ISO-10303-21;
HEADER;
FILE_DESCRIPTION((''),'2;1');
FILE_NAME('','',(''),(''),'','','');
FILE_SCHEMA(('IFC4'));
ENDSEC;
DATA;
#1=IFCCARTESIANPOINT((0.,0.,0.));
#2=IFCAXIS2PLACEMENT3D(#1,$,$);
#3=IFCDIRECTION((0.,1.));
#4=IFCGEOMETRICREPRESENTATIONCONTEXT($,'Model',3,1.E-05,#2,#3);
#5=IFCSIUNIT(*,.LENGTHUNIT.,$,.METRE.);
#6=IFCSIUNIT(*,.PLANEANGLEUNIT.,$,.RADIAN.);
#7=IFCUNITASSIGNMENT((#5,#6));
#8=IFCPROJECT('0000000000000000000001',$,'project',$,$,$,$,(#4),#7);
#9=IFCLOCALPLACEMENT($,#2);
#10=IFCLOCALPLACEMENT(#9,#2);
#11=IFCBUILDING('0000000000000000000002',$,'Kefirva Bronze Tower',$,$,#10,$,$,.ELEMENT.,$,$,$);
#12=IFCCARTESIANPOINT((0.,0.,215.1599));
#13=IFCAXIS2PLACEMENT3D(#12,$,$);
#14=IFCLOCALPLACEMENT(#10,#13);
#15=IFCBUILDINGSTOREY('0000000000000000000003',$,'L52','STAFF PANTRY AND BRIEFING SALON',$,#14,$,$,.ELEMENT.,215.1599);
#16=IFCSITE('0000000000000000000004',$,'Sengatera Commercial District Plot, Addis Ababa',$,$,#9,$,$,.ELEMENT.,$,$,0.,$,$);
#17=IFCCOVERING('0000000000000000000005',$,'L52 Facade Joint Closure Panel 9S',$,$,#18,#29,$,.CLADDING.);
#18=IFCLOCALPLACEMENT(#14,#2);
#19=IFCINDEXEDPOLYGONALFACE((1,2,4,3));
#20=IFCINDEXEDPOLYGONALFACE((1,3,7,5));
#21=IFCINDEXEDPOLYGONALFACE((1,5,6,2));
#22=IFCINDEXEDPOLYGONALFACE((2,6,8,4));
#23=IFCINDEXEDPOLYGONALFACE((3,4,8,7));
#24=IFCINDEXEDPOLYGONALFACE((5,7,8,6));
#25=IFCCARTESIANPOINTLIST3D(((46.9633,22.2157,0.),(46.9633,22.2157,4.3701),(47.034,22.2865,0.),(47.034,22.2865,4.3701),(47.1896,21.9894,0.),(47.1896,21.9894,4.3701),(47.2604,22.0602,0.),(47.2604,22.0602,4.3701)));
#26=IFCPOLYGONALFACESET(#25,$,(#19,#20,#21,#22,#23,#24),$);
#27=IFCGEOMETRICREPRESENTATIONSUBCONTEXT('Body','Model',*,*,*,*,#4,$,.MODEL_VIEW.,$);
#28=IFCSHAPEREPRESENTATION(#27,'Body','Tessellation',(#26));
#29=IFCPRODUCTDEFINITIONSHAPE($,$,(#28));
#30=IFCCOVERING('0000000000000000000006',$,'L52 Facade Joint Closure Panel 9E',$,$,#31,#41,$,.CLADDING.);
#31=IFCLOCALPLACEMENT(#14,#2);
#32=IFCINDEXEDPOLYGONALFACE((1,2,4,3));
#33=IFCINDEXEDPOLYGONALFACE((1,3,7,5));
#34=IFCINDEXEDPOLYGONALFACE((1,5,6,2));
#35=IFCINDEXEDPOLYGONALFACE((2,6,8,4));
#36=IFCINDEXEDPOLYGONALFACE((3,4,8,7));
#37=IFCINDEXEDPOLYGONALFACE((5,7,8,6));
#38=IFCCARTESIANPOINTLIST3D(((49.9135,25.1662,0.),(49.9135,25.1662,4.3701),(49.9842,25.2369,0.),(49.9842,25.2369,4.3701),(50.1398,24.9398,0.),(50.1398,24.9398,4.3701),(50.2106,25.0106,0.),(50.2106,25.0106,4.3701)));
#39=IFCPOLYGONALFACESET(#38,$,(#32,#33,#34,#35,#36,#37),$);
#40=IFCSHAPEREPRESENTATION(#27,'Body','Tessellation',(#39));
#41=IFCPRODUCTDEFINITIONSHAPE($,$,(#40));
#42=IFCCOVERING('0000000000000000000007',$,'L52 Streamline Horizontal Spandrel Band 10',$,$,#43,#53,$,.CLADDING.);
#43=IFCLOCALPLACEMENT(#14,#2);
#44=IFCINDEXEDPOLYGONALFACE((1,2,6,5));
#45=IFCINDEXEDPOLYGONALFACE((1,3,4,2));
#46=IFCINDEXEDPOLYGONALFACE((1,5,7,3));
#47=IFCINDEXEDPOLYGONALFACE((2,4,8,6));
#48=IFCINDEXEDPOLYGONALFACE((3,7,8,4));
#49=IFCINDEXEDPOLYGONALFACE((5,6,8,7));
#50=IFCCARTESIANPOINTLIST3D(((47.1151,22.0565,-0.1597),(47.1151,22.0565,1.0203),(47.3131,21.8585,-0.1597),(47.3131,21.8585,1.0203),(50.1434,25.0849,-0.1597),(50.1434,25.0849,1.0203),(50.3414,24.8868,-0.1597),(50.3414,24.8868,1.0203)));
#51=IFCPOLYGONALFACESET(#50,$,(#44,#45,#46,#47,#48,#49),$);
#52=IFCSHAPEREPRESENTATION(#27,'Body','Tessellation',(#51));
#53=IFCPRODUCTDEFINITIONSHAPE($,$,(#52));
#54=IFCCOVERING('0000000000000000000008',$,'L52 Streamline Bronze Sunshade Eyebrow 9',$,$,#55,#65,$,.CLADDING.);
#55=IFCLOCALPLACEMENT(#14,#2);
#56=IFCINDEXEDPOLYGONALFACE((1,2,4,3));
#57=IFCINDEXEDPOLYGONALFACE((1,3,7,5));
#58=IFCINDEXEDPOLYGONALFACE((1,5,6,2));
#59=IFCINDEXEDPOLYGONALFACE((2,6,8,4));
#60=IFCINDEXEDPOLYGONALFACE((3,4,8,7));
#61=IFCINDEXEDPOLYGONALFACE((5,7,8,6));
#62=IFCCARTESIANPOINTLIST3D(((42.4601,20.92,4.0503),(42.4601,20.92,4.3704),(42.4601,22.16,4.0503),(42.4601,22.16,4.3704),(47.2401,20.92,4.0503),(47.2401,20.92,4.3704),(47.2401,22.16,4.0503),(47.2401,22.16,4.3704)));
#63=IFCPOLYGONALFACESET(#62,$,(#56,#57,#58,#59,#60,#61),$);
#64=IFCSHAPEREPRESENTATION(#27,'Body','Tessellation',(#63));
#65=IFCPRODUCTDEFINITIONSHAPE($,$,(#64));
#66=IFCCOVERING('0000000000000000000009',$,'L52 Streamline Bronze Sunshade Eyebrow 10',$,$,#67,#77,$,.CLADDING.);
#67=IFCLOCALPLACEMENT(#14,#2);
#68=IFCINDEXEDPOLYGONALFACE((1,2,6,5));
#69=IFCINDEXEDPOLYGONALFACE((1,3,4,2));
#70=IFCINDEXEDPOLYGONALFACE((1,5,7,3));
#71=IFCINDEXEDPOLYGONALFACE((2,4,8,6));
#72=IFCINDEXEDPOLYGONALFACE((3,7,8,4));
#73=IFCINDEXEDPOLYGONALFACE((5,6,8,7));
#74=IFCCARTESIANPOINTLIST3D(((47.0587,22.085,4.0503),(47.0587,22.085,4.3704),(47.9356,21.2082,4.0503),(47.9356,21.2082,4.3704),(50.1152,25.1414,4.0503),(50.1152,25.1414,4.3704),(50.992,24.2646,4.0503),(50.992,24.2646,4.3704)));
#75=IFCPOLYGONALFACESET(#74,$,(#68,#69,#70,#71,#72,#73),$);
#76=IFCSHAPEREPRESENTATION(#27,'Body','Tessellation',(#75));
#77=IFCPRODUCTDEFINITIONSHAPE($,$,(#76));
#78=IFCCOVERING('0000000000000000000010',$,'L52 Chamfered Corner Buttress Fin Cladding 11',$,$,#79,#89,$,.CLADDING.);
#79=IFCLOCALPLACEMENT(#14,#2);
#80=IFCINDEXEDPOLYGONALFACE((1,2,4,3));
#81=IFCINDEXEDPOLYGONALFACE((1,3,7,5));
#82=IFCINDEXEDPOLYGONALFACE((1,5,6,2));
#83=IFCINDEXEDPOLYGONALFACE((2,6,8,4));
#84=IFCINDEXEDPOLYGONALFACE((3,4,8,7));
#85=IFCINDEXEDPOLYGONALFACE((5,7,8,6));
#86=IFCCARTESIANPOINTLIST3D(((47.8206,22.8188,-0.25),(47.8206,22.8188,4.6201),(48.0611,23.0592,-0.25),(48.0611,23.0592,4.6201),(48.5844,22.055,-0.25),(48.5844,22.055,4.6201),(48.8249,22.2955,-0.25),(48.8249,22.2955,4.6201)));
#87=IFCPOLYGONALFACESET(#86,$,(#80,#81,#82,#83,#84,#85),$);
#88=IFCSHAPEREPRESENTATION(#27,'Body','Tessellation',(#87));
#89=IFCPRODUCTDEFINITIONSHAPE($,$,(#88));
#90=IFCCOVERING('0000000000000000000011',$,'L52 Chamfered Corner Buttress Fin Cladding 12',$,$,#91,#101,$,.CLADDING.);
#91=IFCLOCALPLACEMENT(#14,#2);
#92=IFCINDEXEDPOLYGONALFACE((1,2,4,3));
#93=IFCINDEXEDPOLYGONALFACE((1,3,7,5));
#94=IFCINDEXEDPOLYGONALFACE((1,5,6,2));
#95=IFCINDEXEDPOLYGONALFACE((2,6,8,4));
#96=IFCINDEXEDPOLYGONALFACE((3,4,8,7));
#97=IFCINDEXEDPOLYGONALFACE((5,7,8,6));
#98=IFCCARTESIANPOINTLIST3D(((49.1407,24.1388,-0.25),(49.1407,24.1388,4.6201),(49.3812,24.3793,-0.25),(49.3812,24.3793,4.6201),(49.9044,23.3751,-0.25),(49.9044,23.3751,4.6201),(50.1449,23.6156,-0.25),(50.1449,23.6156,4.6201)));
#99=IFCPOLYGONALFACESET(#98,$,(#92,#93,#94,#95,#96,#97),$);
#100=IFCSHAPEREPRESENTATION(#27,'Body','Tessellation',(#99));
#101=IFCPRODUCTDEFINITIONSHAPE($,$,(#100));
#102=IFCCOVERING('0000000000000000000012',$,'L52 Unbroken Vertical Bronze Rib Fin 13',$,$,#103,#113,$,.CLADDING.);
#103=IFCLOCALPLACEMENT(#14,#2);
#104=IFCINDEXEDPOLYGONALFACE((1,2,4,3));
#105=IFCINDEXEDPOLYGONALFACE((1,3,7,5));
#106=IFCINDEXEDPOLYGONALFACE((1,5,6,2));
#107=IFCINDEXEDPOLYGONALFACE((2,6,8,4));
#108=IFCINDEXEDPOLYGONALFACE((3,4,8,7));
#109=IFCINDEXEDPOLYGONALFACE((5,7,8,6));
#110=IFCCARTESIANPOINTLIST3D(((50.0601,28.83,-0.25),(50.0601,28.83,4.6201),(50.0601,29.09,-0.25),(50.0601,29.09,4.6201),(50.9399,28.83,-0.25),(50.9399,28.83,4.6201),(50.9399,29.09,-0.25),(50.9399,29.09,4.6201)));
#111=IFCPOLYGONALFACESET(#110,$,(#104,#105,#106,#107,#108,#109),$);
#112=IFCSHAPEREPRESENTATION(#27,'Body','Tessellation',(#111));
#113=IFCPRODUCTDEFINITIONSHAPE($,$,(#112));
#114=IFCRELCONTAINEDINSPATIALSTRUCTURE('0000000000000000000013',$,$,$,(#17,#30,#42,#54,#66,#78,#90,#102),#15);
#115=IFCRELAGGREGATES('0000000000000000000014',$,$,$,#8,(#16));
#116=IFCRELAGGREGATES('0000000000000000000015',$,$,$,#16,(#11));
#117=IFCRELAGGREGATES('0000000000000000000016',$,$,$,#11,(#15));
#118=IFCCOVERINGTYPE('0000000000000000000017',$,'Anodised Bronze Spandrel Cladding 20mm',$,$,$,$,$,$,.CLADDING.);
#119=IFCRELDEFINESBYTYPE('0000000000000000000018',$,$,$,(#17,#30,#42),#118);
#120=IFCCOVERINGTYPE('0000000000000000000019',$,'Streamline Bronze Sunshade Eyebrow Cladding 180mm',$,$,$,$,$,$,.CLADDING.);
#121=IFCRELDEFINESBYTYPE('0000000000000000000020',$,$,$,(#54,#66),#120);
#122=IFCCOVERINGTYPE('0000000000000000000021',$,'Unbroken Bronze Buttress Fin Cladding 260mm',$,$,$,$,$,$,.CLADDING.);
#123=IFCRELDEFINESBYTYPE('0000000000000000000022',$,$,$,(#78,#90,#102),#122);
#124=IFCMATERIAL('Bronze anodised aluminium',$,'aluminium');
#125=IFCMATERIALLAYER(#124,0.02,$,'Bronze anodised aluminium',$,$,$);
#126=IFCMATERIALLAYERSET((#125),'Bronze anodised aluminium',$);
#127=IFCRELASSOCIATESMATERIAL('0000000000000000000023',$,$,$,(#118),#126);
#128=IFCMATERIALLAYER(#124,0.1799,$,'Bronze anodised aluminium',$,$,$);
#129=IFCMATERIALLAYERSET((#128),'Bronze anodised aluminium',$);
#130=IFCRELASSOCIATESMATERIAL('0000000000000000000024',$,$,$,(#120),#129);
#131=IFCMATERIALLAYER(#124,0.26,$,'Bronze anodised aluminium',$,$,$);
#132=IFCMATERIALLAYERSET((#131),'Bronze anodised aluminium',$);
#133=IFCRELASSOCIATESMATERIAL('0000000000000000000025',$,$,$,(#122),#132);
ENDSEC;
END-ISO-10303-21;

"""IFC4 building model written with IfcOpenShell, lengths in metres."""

from ifc_helpers import new_model, si_unit, direction, frame, origin, origin_2d, place, context, subcontext, project, spatial, rectangle, extrude, material, layer, layer_set, type_object, element, save


model = new_model("IFC4")

# Units and contexts
model_context = context("Model", 3, precision=1e-05, world=origin(), true_north=direction((0.0, 1.0)))
body_context = subcontext(model_context, "Body", "Model", "MODEL_VIEW")
ifc_project = project(units=[si_unit("LENGTHUNIT", "METRE"), si_unit("PLANEANGLEUNIT", "RADIAN")], contexts=[model_context])

# Site, building, storey
site_placement = place(None, origin())
site = spatial("IfcSite", under=ifc_project, at=site_placement, Name="Sengatera Commercial District Plot, Addis Ababa", CompositionType="ELEMENT", RefElevation=0.0)
building_placement = place(site_placement, origin())
building = spatial("IfcBuilding", under=site, at=building_placement, Name="Kefirva Bronze Tower", CompositionType="ELEMENT")
storey_placement = place(building_placement, frame((0.0, 0.0, 215.1599)))
storey = spatial("IfcBuildingStorey", under=building, at=storey_placement, Name="L52", Description="STAFF PANTRY AND BRIEFING SALON", CompositionType="ELEMENT", Elevation=215.1599)

# Shared definitions
ifc_material_1 = material(Name="Bronze anodised aluminium", Category="aluminium")

# Coverings
ifc_layer_1 = layer(ifc_material_1, 0.02, Name="Bronze anodised aluminium")
ifc_layer_set_1 = layer_set([ifc_layer_1], Name="Bronze anodised aluminium")
covering_type_1 = type_object("IfcCoveringType", Name="Anodised Bronze Spandrel Cladding 20mm", PredefinedType="CLADDING", material=ifc_layer_set_1)
for number, where, z_axis, x_axis, name in (
    (1, (47.1118, 22.1379, 0.0), (0.0, 0.0, 1.0), (0.707107, 0.707107, 0.0), "L52 Facade Joint Closure Panel 9S"),
    (2, (50.062, 25.0884, 0.0), (0.0, 0.0, 1.0), (0.707107, 0.707107, 0.0), "L52 Facade Joint Closure Panel 9E"),
):
    element("IfcCovering", number, at=place(storey_placement, frame(where, z_axis=z_axis, x_axis=x_axis)), inside=storey, type_object=covering_type_1, Name=name, PredefinedType="CLADDING", context=body_context, shape_type="SweptSolid", body=[
        extrude(rectangle(XDim=0.1001, YDim=0.3201, at=origin_2d()), origin(), (0.0, 0.0, 1.0), 4.3701),
    ])
covering_1_placement = place(storey_placement, frame((48.7283, 23.4717, -0.1597), z_axis=(0.0, 0.0, 1.0), x_axis=(0.707107, 0.707107, 0.0)))
element("IfcCovering", 3, at=covering_1_placement, inside=storey, type_object=covering_type_1, Name="L52 Streamline Horizontal Spandrel Band 10", PredefinedType="CLADDING", context=body_context, shape_type="SweptSolid", body=[
    extrude(rectangle(XDim=4.2827, YDim=0.28, at=origin_2d()), origin(), (0.0, 0.0, 1.0), 1.1799),
])
ifc_layer_2 = layer(ifc_material_1, 0.1799, Name="Bronze anodised aluminium")
ifc_layer_set_2 = layer_set([ifc_layer_2], Name="Bronze anodised aluminium")
covering_type_2 = type_object("IfcCoveringType", Name="Streamline Bronze Sunshade Eyebrow Cladding 180mm", PredefinedType="CLADDING", material=ifc_layer_set_2)
covering_2_placement = place(storey_placement, frame((44.8501, 21.54, 4.0503), z_axis=(0.0, 0.0, 1.0), x_axis=(1.0, 0.0, 0.0)))
element("IfcCovering", 4, at=covering_2_placement, inside=storey, type_object=covering_type_2, Name="L52 Streamline Bronze Sunshade Eyebrow 9", PredefinedType="CLADDING", context=body_context, shape_type="SweptSolid", body=[
    extrude(rectangle(XDim=4.78, YDim=1.24, at=origin_2d()), origin(), (0.0, 0.0, 1.0), 0.3201),
])
covering_3_placement = place(storey_placement, frame((49.0254, 23.1748, 4.0503), z_axis=(0.0, 0.0, 1.0), x_axis=(0.707107, 0.707107, 0.0)))
element("IfcCovering", 5, at=covering_3_placement, inside=storey, type_object=covering_type_2, Name="L52 Streamline Bronze Sunshade Eyebrow 10", PredefinedType="CLADDING", context=body_context, shape_type="SweptSolid", body=[
    extrude(rectangle(XDim=4.3225, YDim=1.24, at=origin_2d()), origin(), (0.0, 0.0, 1.0), 0.3201),
])
ifc_layer_3 = layer(ifc_material_1, 0.26, Name="Bronze anodised aluminium")
ifc_layer_set_3 = layer_set([ifc_layer_3], Name="Bronze anodised aluminium")
covering_type_3 = type_object("IfcCoveringType", Name="Unbroken Bronze Buttress Fin Cladding 260mm", PredefinedType="CLADDING", material=ifc_layer_set_3)
for number, where, z_axis, x_axis, name in (
    (6, (48.3228, 22.5571, -0.25), (0.0, 0.0, 1.0), (0.707107, 0.707107, 0.0), "L52 Chamfered Corner Buttress Fin Cladding 11"),
    (7, (49.6428, 23.8772, -0.25), (0.0, 0.0, 1.0), (0.707107, 0.707107, 0.0), "L52 Chamfered Corner Buttress Fin Cladding 12"),
):
    element("IfcCovering", number, at=place(storey_placement, frame(where, z_axis=z_axis, x_axis=x_axis)), inside=storey, type_object=covering_type_3, Name=name, PredefinedType="CLADDING", context=body_context, shape_type="SweptSolid", body=[
        extrude(rectangle(XDim=0.3401, YDim=1.0801, at=origin_2d()), origin(), (0.0, 0.0, 1.0), 4.8701),
    ])
covering_4_placement = place(storey_placement, frame((50.5, 28.96, -0.25), z_axis=(0.0, 0.0, 1.0), x_axis=(0.0, 1.0, 0.0)))
element("IfcCovering", 8, at=covering_4_placement, inside=storey, type_object=covering_type_3, Name="L52 Unbroken Vertical Bronze Rib Fin 13", PredefinedType="CLADDING", context=body_context, shape_type="SweptSolid", body=[
    extrude(rectangle(XDim=0.26, YDim=0.8799, at=origin_2d()), origin(), (0.0, 0.0, 1.0), 4.8701),
])

save(model, "model.ifc")
